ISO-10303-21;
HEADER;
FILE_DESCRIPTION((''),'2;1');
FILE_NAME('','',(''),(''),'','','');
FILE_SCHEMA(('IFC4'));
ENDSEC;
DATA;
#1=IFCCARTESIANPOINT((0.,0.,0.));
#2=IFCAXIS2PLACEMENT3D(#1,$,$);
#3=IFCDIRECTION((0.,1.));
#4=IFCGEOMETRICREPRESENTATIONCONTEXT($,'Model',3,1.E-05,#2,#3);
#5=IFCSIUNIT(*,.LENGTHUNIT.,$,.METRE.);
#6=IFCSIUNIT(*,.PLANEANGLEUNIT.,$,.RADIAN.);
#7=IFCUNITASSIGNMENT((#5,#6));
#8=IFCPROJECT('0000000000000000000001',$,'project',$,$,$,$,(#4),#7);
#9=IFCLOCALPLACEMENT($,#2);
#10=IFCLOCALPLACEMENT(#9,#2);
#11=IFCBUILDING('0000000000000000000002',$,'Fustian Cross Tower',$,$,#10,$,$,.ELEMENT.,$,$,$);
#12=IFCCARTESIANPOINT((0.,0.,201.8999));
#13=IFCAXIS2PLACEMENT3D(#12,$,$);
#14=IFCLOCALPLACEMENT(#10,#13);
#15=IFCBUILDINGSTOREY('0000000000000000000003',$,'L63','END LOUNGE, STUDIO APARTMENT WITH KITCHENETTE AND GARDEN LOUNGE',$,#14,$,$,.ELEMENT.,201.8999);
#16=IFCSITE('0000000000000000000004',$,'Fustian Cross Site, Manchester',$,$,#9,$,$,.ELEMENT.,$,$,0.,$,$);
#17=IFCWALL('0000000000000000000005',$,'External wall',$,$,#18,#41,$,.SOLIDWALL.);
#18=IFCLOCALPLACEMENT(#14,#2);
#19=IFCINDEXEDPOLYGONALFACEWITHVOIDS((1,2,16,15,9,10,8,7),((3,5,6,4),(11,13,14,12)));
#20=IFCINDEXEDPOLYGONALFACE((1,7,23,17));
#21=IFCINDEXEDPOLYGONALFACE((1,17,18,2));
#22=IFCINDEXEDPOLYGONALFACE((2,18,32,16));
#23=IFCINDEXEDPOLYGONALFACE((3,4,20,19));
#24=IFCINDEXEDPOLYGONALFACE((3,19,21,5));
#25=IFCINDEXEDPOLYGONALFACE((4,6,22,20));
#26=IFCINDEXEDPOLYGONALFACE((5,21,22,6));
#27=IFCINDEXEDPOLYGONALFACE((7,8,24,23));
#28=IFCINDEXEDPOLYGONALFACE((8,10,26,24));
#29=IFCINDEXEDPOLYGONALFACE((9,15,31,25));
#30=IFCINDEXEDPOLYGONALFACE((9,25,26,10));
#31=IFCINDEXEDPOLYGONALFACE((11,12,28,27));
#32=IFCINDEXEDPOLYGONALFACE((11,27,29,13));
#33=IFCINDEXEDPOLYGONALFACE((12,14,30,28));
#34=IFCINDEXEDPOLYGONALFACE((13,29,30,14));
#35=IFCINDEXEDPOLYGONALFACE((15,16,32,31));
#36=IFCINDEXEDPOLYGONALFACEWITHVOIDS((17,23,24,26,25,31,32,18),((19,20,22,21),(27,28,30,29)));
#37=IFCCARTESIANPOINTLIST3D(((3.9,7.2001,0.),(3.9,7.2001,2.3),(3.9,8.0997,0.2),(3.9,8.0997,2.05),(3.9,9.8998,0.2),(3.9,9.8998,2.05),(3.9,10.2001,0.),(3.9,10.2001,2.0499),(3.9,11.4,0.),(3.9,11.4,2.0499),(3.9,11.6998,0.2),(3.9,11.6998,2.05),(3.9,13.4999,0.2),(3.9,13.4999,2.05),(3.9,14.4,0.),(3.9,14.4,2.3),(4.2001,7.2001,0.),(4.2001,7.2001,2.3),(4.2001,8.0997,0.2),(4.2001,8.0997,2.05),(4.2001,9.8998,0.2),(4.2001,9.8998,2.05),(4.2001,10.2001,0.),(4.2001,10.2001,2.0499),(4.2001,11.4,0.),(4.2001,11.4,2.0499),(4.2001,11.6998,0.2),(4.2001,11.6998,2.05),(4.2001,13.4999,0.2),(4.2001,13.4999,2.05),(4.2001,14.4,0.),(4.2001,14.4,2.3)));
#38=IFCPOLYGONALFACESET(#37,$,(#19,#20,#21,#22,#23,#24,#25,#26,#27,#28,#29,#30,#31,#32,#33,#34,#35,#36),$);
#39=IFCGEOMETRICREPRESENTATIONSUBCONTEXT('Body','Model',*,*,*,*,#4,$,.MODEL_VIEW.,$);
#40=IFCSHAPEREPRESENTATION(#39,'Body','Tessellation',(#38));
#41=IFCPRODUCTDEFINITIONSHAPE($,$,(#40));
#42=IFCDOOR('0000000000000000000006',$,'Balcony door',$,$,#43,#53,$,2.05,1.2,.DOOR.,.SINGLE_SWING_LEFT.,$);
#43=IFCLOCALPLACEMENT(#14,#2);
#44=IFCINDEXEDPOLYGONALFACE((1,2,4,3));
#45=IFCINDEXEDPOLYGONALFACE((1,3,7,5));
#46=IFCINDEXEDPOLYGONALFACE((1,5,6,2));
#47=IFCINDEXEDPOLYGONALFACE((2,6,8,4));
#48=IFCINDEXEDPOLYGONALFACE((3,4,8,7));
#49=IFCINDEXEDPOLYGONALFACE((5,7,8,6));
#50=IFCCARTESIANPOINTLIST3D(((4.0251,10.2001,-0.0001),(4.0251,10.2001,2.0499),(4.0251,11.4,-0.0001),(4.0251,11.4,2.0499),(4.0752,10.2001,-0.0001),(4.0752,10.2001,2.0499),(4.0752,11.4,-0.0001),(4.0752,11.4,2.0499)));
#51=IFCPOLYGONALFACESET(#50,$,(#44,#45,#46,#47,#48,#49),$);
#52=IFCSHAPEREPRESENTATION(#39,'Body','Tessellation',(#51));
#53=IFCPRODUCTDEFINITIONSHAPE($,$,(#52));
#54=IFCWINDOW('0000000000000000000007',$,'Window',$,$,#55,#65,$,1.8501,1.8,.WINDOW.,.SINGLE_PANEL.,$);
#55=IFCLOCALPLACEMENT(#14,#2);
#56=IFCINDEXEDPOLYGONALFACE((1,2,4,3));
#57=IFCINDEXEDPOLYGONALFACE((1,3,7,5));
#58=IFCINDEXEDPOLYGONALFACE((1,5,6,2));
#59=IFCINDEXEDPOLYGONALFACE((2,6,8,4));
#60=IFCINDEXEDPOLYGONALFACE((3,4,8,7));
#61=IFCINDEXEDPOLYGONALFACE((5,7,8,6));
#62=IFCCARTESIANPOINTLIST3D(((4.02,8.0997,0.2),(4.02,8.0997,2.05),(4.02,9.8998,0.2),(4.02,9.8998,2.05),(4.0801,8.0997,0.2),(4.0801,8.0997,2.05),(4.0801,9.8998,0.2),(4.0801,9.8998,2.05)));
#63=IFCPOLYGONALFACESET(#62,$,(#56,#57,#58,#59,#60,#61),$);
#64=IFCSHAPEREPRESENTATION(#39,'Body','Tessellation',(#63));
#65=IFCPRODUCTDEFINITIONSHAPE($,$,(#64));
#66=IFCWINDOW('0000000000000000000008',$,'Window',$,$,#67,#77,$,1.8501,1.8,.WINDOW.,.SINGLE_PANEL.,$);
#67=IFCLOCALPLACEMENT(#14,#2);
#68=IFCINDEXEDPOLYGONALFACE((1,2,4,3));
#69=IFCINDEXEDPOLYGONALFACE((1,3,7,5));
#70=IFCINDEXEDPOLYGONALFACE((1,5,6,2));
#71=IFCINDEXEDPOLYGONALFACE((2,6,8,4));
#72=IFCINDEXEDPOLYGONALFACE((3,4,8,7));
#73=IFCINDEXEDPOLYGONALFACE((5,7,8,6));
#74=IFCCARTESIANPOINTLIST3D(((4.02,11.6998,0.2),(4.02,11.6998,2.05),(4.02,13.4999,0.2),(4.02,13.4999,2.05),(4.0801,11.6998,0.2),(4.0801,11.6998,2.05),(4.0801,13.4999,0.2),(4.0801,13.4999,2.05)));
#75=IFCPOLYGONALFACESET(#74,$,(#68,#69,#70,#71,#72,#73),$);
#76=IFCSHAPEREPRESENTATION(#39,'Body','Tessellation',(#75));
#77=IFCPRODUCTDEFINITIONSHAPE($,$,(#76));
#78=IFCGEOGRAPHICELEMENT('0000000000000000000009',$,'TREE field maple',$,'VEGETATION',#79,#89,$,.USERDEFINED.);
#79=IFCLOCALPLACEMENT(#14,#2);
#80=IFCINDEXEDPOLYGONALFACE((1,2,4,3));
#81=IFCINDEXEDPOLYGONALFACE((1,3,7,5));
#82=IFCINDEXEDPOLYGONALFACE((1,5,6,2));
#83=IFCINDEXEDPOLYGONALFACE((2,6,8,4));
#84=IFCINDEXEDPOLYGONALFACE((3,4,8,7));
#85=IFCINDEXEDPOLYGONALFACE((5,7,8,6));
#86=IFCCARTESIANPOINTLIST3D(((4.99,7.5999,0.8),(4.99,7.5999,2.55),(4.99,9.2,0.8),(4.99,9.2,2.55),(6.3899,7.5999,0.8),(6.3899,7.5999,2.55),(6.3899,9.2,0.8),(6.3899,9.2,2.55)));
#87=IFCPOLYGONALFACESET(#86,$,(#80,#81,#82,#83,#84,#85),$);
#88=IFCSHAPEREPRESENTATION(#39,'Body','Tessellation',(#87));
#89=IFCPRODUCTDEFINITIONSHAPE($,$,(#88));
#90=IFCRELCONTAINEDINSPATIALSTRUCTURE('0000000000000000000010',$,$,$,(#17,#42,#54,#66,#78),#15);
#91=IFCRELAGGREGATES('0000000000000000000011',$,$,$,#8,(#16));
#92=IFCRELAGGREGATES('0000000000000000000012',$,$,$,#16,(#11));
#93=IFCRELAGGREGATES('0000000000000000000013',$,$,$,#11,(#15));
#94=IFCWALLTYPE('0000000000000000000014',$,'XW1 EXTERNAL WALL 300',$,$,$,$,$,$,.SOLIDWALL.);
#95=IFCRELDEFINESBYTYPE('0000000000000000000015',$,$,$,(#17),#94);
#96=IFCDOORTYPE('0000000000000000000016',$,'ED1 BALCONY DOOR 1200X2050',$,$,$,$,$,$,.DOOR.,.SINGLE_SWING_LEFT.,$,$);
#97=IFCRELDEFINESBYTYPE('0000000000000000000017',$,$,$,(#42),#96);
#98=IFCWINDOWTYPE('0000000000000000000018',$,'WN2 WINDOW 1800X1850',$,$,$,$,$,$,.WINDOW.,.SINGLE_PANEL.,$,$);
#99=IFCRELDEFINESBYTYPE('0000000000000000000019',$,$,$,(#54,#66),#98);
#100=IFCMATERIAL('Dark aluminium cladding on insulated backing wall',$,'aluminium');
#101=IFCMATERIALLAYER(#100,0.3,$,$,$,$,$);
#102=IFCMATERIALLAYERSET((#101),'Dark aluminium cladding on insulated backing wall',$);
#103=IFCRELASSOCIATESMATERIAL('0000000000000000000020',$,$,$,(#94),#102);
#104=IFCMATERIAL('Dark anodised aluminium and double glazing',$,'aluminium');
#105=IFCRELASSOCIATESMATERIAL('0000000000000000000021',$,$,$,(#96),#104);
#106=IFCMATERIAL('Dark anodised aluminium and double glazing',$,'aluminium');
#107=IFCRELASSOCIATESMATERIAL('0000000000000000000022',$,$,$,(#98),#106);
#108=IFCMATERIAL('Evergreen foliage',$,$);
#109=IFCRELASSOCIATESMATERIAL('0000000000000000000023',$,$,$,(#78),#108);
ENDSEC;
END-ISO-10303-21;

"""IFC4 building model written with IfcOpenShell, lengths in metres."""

from ifc_helpers import new_model, si_unit, direction, frame, frame_2d, origin, origin_2d, place, context, subcontext, project, spatial, rectangle, extrude, material, layer, layer_set, type_object, element, fill, save


model = new_model("IFC4")

# Units and contexts
model_context = context("Model", 3, precision=1e-05, world=origin(), true_north=direction((0.0, 1.0)))
body_context = subcontext(model_context, "Body", "Model", "MODEL_VIEW")
ifc_project = project(units=[si_unit("LENGTHUNIT", "METRE"), si_unit("PLANEANGLEUNIT", "RADIAN")], contexts=[model_context])

# Site, building, storey
site_placement = place(None, origin())
site = spatial("IfcSite", under=ifc_project, at=site_placement, Name="Fustian Cross Site, Manchester", CompositionType="ELEMENT", RefElevation=0.0)
building_placement = place(site_placement, origin())
building = spatial("IfcBuilding", under=site, at=building_placement, Name="Fustian Cross Tower", CompositionType="ELEMENT")
storey_placement = place(building_placement, frame((0.0, 0.0, 201.8999)))
storey = spatial("IfcBuildingStorey", under=building, at=storey_placement, Name="L63", Description="END LOUNGE, STUDIO APARTMENT WITH KITCHENETTE AND GARDEN LOUNGE", CompositionType="ELEMENT", Elevation=201.8999)

# Wall, openings, door, windows
ifc_material_1 = material(Name="Dark aluminium cladding on insulated backing wall", Category="aluminium")
ifc_layer_1 = layer(ifc_material_1, 0.3)
ifc_layer_set_1 = layer_set([ifc_layer_1], Name="Dark aluminium cladding on insulated backing wall")
wall_type_1 = type_object("IfcWallType", Name="XW1 EXTERNAL WALL 300", PredefinedType="SOLIDWALL", material=ifc_layer_set_1)
wall_1_placement = place(storey_placement, frame((4.05, 7.2, 0.0), z_axis=(0.0, 0.0, 1.0), x_axis=(0.0, 1.0, 0.0)))
wall_1 = element("IfcWall", 1, at=wall_1_placement, inside=storey, type_object=wall_type_1, Name="External wall", PredefinedType="SOLIDWALL", context=body_context, shape_type="SweptSolid", body=[
    extrude(rectangle(XDim=7.2, YDim=0.3, at=frame_2d((3.6001, 0.0))), origin(), (0.0, 0.0, 1.0), 2.3),
])
opening_1_placement = place(wall_1_placement, frame((3.0, 0.0, 0.0)))
opening_1 = element("IfcOpeningElement", 2, at=opening_1_placement, cuts=wall_1, PredefinedType="OPENING", context=body_context, shape_type="SweptSolid", body=[
    extrude(rectangle(XDim=1.2, YDim=2.05, at=frame_2d((0.6001, 1.0249))), frame((0.0, 0.1599, 0.0), z_axis=(0.0, -1.0, 0.0), x_axis=(1.0, 0.0, 0.0)), (0.0, 0.0, 1.0), 0.3201),
])
opening_2_placement = place(wall_1_placement, frame((0.8999, 0.0, 0.2)))
opening_2 = element("IfcOpeningElement", 3, at=opening_2_placement, cuts=wall_1, PredefinedType="OPENING", context=body_context, shape_type="SweptSolid", body=[
    extrude(rectangle(XDim=1.8, YDim=1.8501, at=frame_2d((0.8999, 0.925))), frame((0.0, 0.1599, 0.0), z_axis=(0.0, -1.0, 0.0), x_axis=(1.0, 0.0, 0.0)), (0.0, 0.0, 1.0), 0.3201),
])
opening_3_placement = place(wall_1_placement, frame((4.5, 0.0, 0.2)))
opening_3 = element("IfcOpeningElement", 4, at=opening_3_placement, cuts=wall_1, PredefinedType="OPENING", context=body_context, shape_type="SweptSolid", body=[
    extrude(rectangle(XDim=1.8, YDim=1.8501, at=frame_2d((0.8999, 0.925))), frame((0.0, 0.1599, 0.0), z_axis=(0.0, -1.0, 0.0), x_axis=(1.0, 0.0, 0.0)), (0.0, 0.0, 1.0), 0.3201),
])
ifc_material_2 = material(Name="Dark anodised aluminium and double glazing", Category="aluminium")
door_type_1 = type_object("IfcDoorType", Name="ED1 BALCONY DOOR 1200X2050", OperationType="SINGLE_SWING_LEFT", PredefinedType="DOOR", material=ifc_material_2)
door_1_placement = place(opening_1_placement, origin())
door_1 = element("IfcDoor", 5, at=door_1_placement, inside=storey, type_object=door_type_1, Name="Balcony door", OperationType="SINGLE_SWING_LEFT", OverallHeight=2.05, OverallWidth=1.2, PredefinedType="DOOR", context=body_context, shape_type="SweptSolid", body=[
    extrude(rectangle(XDim=1.2, YDim=2.05, at=frame_2d((0.6001, 1.0249))), frame((0.0, 0.0249, 0.0), z_axis=(0.0, -1.0, 0.0), x_axis=(1.0, 0.0, 0.0)), (0.0, 0.0, 1.0), 0.05),
])
fill(opening_1, door_1)
ifc_material_3 = material(Name="Dark anodised aluminium and double glazing", Category="aluminium")
window_type = type_object("IfcWindowType", Name="WN2 WINDOW 1800X1850", PartitioningType="SINGLE_PANEL", PredefinedType="WINDOW", material=ifc_material_3)
window_1_placement = place(opening_2_placement, origin())
window_1 = element("IfcWindow", 6, at=window_1_placement, inside=storey, type_object=window_type, Name="Window", OverallHeight=1.8501, OverallWidth=1.8, PartitioningType="SINGLE_PANEL", PredefinedType="WINDOW", context=body_context, shape_type="SweptSolid", body=[
    extrude(rectangle(XDim=1.8, YDim=1.8501, at=frame_2d((0.8999, 0.925))), frame((0.0, 0.03, 0.0), z_axis=(0.0, -1.0, 0.0), x_axis=(1.0, 0.0, 0.0)), (0.0, 0.0, 1.0), 0.0601),
])
fill(opening_2, window_1)
window_2_placement = place(opening_3_placement, origin())
window_2 = element("IfcWindow", 7, at=window_2_placement, inside=storey, type_object=window_type, Name="Window", OverallHeight=1.8501, OverallWidth=1.8, PartitioningType="SINGLE_PANEL", PredefinedType="WINDOW", context=body_context, shape_type="SweptSolid", body=[
    extrude(rectangle(XDim=1.8, YDim=1.8501, at=frame_2d((0.8999, 0.925))), frame((0.0, 0.03, 0.0), z_axis=(0.0, -1.0, 0.0), x_axis=(1.0, 0.0, 0.0)), (0.0, 0.0, 1.0), 0.0601),
])
fill(opening_3, window_2)

# Geographic element
ifc_material_4 = material(Name="Evergreen foliage")
geographic_element_placement = place(storey_placement, frame((5.6899, 8.3999, 0.8), z_axis=(0.0, 0.0, 1.0), x_axis=(1.0, 0.0, 0.0)))
element("IfcGeographicElement", 8, at=geographic_element_placement, inside=storey, material=ifc_material_4, Name="TREE field maple", ObjectType="VEGETATION", PredefinedType="USERDEFINED", context=body_context, shape_type="SweptSolid", body=[
    extrude(rectangle(XDim=1.3999, YDim=1.6001, at=origin_2d()), origin(), (0.0, 0.0, 1.0), 1.75),
])

save(model, "model.ifc")
